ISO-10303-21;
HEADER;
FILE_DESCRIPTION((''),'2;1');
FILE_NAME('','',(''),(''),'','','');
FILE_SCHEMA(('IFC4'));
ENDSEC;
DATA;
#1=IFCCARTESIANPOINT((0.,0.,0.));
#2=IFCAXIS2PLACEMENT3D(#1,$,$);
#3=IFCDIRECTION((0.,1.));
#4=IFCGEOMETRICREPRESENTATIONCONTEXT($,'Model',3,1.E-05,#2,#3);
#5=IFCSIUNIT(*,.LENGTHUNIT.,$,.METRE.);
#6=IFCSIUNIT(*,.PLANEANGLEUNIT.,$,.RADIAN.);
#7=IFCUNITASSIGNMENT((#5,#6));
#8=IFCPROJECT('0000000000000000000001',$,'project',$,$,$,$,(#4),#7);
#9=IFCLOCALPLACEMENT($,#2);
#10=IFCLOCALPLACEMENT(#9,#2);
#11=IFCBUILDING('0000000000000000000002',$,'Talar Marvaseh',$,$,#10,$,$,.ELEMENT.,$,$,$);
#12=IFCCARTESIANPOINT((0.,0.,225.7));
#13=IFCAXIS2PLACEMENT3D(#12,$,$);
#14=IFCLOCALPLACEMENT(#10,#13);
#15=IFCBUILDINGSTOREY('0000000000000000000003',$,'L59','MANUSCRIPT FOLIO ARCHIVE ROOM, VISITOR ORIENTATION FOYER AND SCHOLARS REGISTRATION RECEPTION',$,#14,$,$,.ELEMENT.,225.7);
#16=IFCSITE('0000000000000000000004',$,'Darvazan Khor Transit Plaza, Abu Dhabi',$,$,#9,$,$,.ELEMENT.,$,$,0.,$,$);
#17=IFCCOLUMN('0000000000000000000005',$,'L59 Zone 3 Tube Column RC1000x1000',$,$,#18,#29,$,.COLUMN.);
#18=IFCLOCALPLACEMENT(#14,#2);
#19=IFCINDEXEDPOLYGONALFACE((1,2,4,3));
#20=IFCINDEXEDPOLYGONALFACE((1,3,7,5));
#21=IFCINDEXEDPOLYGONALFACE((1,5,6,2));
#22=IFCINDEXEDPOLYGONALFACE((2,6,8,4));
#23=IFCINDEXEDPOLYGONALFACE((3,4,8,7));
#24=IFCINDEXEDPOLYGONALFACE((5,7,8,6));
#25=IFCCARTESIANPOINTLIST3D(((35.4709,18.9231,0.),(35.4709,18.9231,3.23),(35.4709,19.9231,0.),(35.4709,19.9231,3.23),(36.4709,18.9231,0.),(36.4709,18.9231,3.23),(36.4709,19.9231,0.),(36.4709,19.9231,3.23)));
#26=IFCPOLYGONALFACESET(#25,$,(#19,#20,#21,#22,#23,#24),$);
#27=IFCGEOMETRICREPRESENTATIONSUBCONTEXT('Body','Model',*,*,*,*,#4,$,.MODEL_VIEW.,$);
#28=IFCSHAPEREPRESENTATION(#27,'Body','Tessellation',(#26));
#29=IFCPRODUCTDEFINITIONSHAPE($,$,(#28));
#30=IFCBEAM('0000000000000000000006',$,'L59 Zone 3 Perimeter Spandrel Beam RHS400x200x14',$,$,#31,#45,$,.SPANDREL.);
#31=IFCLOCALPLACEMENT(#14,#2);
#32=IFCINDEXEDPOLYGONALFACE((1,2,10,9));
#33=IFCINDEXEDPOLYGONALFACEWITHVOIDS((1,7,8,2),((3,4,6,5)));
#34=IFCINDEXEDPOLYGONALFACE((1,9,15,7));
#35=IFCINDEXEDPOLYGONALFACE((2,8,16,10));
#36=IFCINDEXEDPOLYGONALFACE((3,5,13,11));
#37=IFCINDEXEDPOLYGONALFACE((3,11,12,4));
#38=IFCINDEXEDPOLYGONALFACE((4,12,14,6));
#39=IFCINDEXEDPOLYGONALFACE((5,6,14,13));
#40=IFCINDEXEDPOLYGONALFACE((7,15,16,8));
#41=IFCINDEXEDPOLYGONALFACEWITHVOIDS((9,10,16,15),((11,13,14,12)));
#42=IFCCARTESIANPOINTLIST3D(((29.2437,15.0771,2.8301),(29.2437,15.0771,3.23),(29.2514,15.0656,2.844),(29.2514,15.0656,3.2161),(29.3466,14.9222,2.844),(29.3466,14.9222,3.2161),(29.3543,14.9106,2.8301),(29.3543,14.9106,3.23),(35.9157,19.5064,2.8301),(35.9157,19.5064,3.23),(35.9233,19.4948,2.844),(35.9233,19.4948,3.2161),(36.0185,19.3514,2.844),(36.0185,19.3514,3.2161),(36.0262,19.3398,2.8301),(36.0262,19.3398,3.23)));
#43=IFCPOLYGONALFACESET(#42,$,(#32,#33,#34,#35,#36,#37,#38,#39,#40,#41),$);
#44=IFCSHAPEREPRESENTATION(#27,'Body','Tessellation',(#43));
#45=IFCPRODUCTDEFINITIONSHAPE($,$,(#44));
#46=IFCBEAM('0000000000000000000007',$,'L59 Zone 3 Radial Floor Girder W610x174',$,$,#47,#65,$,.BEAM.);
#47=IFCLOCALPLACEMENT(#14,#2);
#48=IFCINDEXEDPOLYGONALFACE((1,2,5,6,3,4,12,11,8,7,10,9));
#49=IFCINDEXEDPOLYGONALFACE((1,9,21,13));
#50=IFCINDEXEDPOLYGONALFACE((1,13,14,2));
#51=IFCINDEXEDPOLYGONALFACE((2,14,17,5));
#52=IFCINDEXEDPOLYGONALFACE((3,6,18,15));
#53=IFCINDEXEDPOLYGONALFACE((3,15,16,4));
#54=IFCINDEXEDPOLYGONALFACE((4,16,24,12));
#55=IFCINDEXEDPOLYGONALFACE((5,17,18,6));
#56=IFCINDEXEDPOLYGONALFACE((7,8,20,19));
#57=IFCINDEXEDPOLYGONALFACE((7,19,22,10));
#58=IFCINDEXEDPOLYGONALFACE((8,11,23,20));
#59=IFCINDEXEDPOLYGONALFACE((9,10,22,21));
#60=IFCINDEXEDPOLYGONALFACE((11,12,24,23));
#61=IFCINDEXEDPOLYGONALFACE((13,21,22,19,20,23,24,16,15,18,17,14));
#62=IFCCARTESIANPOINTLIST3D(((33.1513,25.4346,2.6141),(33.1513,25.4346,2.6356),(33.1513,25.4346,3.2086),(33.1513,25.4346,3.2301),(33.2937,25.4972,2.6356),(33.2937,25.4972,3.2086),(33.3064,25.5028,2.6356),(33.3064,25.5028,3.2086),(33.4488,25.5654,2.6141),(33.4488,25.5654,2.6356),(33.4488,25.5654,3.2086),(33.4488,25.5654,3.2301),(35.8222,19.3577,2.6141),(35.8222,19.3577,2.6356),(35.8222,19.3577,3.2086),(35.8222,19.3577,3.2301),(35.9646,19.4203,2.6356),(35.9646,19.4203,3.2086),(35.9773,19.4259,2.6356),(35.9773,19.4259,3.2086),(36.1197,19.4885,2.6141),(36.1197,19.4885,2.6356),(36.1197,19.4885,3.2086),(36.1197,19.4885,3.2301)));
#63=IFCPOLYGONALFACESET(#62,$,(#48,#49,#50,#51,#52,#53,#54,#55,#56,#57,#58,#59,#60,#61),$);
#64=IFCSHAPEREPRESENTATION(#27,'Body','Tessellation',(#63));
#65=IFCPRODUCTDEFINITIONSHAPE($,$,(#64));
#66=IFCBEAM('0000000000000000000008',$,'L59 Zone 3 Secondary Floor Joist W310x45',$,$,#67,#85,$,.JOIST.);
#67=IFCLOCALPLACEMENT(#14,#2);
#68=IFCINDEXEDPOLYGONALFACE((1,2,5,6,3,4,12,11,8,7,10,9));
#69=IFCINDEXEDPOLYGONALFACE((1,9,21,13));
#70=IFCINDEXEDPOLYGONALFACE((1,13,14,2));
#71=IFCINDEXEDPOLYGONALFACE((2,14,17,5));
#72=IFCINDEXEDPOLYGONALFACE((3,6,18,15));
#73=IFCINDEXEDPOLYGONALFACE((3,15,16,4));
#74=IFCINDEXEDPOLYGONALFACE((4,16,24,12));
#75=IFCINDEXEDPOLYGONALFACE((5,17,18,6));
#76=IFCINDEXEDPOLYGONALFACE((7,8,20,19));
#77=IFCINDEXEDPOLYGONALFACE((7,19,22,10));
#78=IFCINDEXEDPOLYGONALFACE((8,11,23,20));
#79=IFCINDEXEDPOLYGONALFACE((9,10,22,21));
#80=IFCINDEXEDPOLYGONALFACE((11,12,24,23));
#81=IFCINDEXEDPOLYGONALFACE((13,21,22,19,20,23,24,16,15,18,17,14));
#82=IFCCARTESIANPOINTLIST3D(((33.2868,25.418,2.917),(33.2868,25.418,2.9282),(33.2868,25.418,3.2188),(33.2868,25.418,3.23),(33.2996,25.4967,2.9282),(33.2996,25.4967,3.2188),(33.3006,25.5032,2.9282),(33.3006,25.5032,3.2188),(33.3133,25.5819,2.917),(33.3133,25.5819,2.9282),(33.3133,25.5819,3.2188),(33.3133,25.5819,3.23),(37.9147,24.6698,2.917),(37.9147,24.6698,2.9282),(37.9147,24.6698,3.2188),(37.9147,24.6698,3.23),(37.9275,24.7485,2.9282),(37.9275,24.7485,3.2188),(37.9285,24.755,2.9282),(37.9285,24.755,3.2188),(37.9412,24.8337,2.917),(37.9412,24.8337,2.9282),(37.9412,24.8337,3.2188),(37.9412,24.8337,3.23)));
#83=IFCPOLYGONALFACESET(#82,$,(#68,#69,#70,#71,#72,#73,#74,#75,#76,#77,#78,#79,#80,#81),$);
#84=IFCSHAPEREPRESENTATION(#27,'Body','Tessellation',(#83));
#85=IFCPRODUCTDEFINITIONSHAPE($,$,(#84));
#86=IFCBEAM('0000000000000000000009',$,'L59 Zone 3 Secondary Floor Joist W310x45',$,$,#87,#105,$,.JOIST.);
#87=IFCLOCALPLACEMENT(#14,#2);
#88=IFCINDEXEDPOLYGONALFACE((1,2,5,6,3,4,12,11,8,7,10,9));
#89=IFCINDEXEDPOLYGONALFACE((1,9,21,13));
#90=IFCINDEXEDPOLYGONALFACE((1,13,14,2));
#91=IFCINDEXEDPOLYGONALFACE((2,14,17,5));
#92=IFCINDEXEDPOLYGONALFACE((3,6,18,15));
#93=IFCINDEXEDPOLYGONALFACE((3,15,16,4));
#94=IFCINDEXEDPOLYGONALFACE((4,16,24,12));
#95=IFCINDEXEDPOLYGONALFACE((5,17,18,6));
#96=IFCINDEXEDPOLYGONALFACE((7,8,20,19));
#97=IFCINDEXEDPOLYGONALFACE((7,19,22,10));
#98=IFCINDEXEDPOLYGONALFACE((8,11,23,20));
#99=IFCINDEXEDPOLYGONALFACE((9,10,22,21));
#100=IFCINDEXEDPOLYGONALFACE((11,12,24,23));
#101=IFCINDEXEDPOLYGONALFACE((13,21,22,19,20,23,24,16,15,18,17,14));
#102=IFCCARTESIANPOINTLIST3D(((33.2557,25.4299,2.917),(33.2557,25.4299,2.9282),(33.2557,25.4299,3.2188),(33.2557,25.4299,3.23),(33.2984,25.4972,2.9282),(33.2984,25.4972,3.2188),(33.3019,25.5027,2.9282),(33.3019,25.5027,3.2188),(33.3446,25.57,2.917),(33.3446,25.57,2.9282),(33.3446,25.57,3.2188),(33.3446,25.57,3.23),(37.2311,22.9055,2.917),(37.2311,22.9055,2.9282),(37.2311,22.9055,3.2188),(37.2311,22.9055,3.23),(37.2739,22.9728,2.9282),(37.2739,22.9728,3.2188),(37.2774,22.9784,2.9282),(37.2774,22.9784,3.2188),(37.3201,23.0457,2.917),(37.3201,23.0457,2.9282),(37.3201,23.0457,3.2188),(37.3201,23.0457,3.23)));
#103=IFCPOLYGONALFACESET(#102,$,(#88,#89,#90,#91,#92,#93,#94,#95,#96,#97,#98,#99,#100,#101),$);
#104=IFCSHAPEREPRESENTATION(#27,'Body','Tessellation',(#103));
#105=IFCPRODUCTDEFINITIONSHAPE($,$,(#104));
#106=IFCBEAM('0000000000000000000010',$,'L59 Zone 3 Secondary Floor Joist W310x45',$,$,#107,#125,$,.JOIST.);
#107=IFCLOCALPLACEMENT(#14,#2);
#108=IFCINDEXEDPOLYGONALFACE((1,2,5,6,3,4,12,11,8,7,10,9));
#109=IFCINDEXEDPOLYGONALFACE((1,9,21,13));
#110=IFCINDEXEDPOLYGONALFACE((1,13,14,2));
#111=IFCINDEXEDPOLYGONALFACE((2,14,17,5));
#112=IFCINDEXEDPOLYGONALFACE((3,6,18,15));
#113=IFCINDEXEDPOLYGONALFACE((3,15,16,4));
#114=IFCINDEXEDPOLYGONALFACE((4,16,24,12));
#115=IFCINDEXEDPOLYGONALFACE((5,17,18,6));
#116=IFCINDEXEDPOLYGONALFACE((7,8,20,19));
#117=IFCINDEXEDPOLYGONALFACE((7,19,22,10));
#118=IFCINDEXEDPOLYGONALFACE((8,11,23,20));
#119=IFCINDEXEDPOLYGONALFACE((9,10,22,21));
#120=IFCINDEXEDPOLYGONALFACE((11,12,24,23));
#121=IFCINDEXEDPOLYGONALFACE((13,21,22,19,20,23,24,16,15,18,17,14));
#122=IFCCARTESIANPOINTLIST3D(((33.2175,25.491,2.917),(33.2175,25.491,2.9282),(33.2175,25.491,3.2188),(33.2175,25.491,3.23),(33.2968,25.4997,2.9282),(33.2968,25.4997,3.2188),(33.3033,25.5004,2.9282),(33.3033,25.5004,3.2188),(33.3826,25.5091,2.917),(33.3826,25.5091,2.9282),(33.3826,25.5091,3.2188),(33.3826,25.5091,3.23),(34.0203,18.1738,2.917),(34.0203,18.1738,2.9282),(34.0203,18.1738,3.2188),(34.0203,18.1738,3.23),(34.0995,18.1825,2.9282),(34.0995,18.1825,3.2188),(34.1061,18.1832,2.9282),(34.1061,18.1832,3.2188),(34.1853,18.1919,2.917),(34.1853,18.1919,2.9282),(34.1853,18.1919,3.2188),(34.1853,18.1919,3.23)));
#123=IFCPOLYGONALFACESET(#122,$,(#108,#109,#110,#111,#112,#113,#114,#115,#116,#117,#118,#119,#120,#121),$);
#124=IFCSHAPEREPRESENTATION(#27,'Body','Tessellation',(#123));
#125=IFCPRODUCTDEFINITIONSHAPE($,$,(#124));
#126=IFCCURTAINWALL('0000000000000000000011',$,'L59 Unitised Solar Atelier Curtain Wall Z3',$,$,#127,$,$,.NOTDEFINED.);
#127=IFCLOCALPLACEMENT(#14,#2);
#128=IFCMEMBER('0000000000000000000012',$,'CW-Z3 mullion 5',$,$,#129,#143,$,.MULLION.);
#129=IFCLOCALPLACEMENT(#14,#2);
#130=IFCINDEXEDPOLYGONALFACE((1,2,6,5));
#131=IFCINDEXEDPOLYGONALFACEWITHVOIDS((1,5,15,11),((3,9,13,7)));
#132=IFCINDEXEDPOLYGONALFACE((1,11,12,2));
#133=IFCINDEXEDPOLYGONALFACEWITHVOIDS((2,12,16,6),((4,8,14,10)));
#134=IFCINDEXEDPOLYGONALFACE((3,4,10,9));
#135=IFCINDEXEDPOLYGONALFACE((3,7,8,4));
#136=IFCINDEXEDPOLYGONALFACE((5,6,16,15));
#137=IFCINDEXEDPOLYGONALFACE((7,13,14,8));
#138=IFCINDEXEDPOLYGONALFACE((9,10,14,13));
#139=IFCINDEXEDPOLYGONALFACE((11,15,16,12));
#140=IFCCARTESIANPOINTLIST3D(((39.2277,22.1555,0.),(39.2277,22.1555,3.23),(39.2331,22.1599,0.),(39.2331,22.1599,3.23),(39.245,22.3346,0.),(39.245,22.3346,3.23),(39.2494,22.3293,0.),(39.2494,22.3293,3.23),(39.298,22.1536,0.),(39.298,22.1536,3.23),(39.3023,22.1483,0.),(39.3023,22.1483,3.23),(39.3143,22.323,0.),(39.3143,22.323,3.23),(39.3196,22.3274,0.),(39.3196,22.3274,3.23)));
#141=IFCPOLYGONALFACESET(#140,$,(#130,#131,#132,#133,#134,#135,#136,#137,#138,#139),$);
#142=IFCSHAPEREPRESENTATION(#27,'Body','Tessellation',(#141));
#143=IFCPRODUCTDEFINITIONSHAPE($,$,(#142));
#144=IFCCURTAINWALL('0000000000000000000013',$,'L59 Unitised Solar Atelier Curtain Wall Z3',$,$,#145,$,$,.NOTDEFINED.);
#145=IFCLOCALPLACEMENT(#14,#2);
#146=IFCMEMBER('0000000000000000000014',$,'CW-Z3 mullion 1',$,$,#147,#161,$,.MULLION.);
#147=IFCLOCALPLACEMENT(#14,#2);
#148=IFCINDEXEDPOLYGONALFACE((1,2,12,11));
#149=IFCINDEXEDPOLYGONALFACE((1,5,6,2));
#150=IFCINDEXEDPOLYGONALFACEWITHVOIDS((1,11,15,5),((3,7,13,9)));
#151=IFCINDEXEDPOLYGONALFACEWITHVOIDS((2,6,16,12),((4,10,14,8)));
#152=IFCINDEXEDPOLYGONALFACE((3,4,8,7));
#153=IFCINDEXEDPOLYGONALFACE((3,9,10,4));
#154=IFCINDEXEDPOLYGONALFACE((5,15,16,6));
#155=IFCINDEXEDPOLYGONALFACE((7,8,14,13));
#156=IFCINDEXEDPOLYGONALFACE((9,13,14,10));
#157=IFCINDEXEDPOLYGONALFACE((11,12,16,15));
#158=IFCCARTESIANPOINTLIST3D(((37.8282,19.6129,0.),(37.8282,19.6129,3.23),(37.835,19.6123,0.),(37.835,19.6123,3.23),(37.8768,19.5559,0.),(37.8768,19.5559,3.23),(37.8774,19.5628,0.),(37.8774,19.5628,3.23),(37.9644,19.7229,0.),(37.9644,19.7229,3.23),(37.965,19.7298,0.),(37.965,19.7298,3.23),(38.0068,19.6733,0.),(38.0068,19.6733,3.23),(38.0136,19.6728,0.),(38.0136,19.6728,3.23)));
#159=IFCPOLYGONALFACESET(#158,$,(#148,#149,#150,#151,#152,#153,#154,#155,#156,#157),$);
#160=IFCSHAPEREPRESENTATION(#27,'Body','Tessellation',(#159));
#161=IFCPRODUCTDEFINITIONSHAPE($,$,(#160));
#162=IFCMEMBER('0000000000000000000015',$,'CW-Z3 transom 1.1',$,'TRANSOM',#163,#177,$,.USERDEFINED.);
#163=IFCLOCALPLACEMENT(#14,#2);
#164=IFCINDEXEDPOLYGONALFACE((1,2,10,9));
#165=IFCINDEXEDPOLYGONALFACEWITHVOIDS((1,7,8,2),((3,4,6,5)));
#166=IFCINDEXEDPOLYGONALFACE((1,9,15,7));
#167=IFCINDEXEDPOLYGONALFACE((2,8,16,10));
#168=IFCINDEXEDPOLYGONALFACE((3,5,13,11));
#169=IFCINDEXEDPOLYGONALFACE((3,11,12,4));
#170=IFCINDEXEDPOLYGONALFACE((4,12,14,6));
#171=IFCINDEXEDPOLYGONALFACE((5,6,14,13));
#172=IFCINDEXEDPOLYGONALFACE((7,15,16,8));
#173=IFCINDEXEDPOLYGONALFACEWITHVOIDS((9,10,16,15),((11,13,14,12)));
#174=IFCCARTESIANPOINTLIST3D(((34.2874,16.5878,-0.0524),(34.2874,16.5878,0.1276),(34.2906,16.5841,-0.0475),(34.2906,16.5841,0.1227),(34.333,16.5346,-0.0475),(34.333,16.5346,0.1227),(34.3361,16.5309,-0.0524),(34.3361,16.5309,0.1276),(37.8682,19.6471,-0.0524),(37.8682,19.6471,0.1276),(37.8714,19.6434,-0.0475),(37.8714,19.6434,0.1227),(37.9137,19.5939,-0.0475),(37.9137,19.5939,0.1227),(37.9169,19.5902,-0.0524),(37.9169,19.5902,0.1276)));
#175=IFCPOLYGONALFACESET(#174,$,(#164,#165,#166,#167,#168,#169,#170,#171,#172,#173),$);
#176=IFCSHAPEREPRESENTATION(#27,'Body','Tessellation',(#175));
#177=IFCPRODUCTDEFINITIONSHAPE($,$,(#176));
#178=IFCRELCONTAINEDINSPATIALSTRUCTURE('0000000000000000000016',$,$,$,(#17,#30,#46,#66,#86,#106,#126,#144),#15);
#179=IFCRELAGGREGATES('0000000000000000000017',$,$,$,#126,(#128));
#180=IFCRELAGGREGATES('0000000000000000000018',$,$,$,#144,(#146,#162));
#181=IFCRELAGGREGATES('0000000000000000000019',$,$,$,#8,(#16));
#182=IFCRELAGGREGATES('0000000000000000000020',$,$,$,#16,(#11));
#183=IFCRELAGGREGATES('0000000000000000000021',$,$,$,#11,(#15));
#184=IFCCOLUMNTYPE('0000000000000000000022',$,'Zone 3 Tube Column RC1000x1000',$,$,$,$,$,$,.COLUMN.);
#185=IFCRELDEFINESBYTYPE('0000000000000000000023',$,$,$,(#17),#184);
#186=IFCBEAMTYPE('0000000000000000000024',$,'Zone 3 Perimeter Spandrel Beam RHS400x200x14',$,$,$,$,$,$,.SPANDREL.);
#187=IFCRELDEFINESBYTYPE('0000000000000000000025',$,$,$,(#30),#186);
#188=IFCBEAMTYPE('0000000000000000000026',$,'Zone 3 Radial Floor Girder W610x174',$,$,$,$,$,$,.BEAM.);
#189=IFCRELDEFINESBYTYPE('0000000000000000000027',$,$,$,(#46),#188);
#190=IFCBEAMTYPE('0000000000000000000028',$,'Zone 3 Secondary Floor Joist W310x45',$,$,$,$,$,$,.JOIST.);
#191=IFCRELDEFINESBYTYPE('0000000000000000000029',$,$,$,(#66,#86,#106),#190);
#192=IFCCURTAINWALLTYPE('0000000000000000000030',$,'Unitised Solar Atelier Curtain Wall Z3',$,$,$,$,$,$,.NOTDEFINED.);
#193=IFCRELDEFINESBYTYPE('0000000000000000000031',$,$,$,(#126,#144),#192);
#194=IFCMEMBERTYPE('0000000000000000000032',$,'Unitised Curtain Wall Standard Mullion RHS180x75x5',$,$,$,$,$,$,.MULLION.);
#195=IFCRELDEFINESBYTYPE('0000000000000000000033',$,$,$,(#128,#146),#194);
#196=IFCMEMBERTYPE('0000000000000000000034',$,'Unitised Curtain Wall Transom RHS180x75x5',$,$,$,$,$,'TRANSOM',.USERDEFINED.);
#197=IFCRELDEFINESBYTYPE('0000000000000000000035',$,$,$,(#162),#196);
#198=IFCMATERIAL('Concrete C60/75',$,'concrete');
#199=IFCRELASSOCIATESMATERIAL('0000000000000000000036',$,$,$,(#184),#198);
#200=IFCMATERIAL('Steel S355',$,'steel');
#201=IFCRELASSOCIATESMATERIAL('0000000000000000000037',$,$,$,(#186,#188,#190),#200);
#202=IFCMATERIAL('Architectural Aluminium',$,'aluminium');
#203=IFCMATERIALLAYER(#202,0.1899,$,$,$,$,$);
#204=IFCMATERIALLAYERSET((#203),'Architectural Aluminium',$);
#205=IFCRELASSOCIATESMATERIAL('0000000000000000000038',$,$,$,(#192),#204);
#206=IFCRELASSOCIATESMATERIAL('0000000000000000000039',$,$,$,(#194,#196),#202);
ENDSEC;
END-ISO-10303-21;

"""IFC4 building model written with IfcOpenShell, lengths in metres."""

from ifc_helpers import new_model, si_unit, direction, frame, origin, origin_2d, place, context, subcontext, project, spatial, rectangle, hollow_rectangle, i_section, extrude, source, transform, mapped, material, layer, layer_set, material_profile, profile_set, type_object, type_shapes, element, aggregate, save


model = new_model("IFC4")

# Units and contexts
model_context = context("Model", 3, precision=1e-05, world=origin(), true_north=direction((0.0, 1.0)))
body_context = subcontext(model_context, "Body", "Model", "MODEL_VIEW")
ifc_project = project(units=[si_unit("LENGTHUNIT", "METRE"), si_unit("PLANEANGLEUNIT", "RADIAN")], contexts=[model_context])

# Site, building, storey
site_placement = place(None, origin())
site = spatial("IfcSite", under=ifc_project, at=site_placement, Name="Darvazan Khor Transit Plaza, Abu Dhabi", CompositionType="ELEMENT", RefElevation=0.0)
building_placement = place(site_placement, origin())
building = spatial("IfcBuilding", under=site, at=building_placement, Name="Talar Marvaseh", CompositionType="ELEMENT")
storey_placement = place(building_placement, frame((0.0, 0.0, 225.7)))
storey = spatial("IfcBuildingStorey", under=building, at=storey_placement, Name="L59", Description="MANUSCRIPT FOLIO ARCHIVE ROOM, VISITOR ORIENTATION FOYER AND SCHOLARS REGISTRATION RECEPTION", CompositionType="ELEMENT", Elevation=225.7)

# Column
ifc_material_1 = material(Name="Concrete C60/75", Category="concrete")
ifc_material_profile_1 = material_profile(ifc_material_1, rectangle(XDim=1.0, YDim=1.0, at=origin_2d()), Name="RC1000x1000")
ifc_profile_set_1 = profile_set([ifc_material_profile_1], Name="Concrete C60/75")
column_type = type_object("IfcColumnType", Name="Zone 3 Tube Column RC1000x1000", PredefinedType="COLUMN", material=ifc_profile_set_1)
column_placement = place(storey_placement, frame((35.9709, 19.4231, 0.0), z_axis=(0.0, 0.0, 1.0), x_axis=(1.0, 0.0, 0.0)))
element("IfcColumn", 1, at=column_placement, inside=storey, type_object=column_type, Name="L59 Zone 3 Tube Column RC1000x1000", PredefinedType="COLUMN", context=body_context, shape_type="SweptSolid", body=[
    extrude(rectangle(XDim=1.0, YDim=1.0, at=origin_2d()), origin(), (0.0, 0.0, 1.0), 3.23),
])

# Beams
ifc_material_2 = material(Name="Steel S355", Category="steel")
ifc_material_profile_2 = material_profile(ifc_material_2, hollow_rectangle(XDim=0.2, YDim=0.3999, WallThickness=0.0139, at=origin_2d()), Name="RHS400x200x14")
ifc_profile_set_2 = profile_set([ifc_material_profile_2], Name="Steel S355")
beam_type_1 = type_object("IfcBeamType", Name="Zone 3 Perimeter Spandrel Beam RHS400x200x14", PredefinedType="SPANDREL", material=ifc_profile_set_2)
beam_1_placement = place(storey_placement, frame((35.9709, 19.4231, 3.03), z_axis=(-0.833127, -0.553081, 0.0), x_axis=(0.553081, -0.833127, 0.0)))
element("IfcBeam", 2, at=beam_1_placement, inside=storey, type_object=beam_type_1, Name="L59 Zone 3 Perimeter Spandrel Beam RHS400x200x14", PredefinedType="SPANDREL", context=body_context, shape_type="SweptSolid", body=[
    extrude(hollow_rectangle(XDim=0.2, YDim=0.3999, WallThickness=0.0139, at=origin_2d()), origin(), (0.0, 0.0, 1.0), 8.0083),
])
ifc_material_profile_3 = material_profile(ifc_material_2, i_section(OverallWidth=0.325, OverallDepth=0.616, WebThickness=0.0139, FlangeThickness=0.0215, at=origin_2d()), Name="W610x174")
ifc_profile_set_3 = profile_set([ifc_material_profile_3], Name="Steel S355")
beam_type_2 = type_object("IfcBeamType", Name="Zone 3 Radial Floor Girder W610x174", PredefinedType="BEAM", material=ifc_profile_set_3)
beam_2_placement = place(storey_placement, frame((35.9709, 19.4231, 2.9221), z_axis=(-0.402368, 0.915478, 0.0), x_axis=(-0.915478, -0.402368, 0.0)))
element("IfcBeam", 3, at=beam_2_placement, inside=storey, type_object=beam_type_2, Name="L59 Zone 3 Radial Floor Girder W610x174", PredefinedType="BEAM", context=body_context, shape_type="SweptSolid", body=[
    extrude(i_section(OverallWidth=0.325, OverallDepth=0.616, WebThickness=0.0139, FlangeThickness=0.0215, at=origin_2d()), origin(), (0.0, 0.0, 1.0), 6.6379),
])
ifc_material_profile_4 = material_profile(ifc_material_2, i_section(OverallWidth=0.166, OverallDepth=0.313, WebThickness=0.0066, FlangeThickness=0.0112, at=origin_2d()), Name="W310x45")
ifc_profile_set_4 = profile_set([ifc_material_profile_4], Name="Steel S355")
beam_type_3 = type_object("IfcBeamType", Name="Zone 3 Secondary Floor Joist W310x45", PredefinedType="JOIST", material=ifc_profile_set_4)
beam_3_placement = place(storey_placement, frame((37.928, 24.7517, 3.0735), z_axis=(-0.987179, 0.159617, 0.0), x_axis=(-0.159617, -0.987179, 0.0)))
element("IfcBeam", 4, at=beam_3_placement, inside=storey, type_object=beam_type_3, Name="L59 Zone 3 Secondary Floor Joist W310x45", PredefinedType="JOIST", context=body_context, shape_type="SweptSolid", body=[
    extrude(i_section(OverallWidth=0.166, OverallDepth=0.313, WebThickness=0.0066, FlangeThickness=0.0112, at=origin_2d()), origin(), (0.0, 0.0, 1.0), 4.688),
])
beam_4_placement = place(storey_placement, frame((37.2756, 22.9756, 3.0735), z_axis=(-0.84419, 0.536043, 0.0), x_axis=(-0.536043, -0.84419, 0.0)))
element("IfcBeam", 5, at=beam_4_placement, inside=storey, type_object=beam_type_3, Name="L59 Zone 3 Secondary Floor Joist W310x45", PredefinedType="JOIST", context=body_context, shape_type="SweptSolid", body=[
    extrude(i_section(OverallWidth=0.166, OverallDepth=0.313, WebThickness=0.0066, FlangeThickness=0.0112, at=origin_2d()), origin(), (0.0, 0.0, 1.0), 4.7092),
])
beam_5_placement = place(storey_placement, frame((34.1028, 18.1829, 3.0735), z_axis=(-0.109052, 0.994036, 0.0), x_axis=(-0.994036, -0.109052, 0.0)))
element("IfcBeam", 6, at=beam_5_placement, inside=storey, type_object=beam_type_3, Name="L59 Zone 3 Secondary Floor Joist W310x45", PredefinedType="JOIST", context=body_context, shape_type="SweptSolid", body=[
    extrude(i_section(OverallWidth=0.166, OverallDepth=0.313, WebThickness=0.0066, FlangeThickness=0.0112, at=origin_2d()), origin(), (0.0, 0.0, 1.0), 7.3611),
])

# Curtain wall, member
ifc_material_3 = material(Name="Architectural Aluminium", Category="aluminium")
ifc_layer_1 = layer(ifc_material_3, 0.1899)
ifc_layer_set_1 = layer_set([ifc_layer_1], Name="Architectural Aluminium")
curtain_wall_type = type_object("IfcCurtainWallType", Name="Unitised Solar Atelier Curtain Wall Z3", PredefinedType="NOTDEFINED", material=ifc_layer_set_1)
curtain_wall_1_placement = place(storey_placement, origin())
curtain_wall_1 = element("IfcCurtainWall", 7, at=curtain_wall_1_placement, inside=storey, type_object=curtain_wall_type, Name="L59 Unitised Solar Atelier Curtain Wall Z3", PredefinedType="NOTDEFINED")
ifc_material_profile_5 = material_profile(ifc_material_3, hollow_rectangle(XDim=0.075, YDim=0.1799, WallThickness=0.0049, at=origin_2d()), Name="RHS180x75x5")
ifc_profile_set_5 = profile_set([ifc_material_profile_5], Name="Architectural Aluminium")
member_type_1 = type_object("IfcMemberType", Name="Unitised Curtain Wall Standard Mullion RHS180x75x5", PredefinedType="MULLION", material=ifc_profile_set_5)
shared_shape_1 = source(origin(), body_context, "Body", "SweptSolid", [
    extrude(hollow_rectangle(XDim=0.075, YDim=0.1799, WallThickness=0.0049, at=origin_2d()), origin(), (0.0, 0.0, 1.0), 3.23),
])
type_shapes(member_type_1, [shared_shape_1])
member_1_placement = place(storey_placement, frame((39.2737, 22.2415, 0.0), z_axis=(0.0, 0.0, 1.0), x_axis=(0.995382, -0.095997, 0.0)))
member_1 = element("IfcMember", 8, at=member_1_placement, type_object=member_type_1, Name="CW-Z3 mullion 5", PredefinedType="MULLION", context=body_context, shape_type="MappedRepresentation", body=[
    mapped(shared_shape_1, transform((0.0, 0.0, 0.0), x_axis=(1.0, 0.0, 0.0), y_axis=(0.0, 1.0, 0.0), z_axis=(0.0, 0.0, 1.0), scale=1.0)),
])

# Curtain wall, members
curtain_wall_2_placement = place(storey_placement, origin())
curtain_wall_2 = element("IfcCurtainWall", 9, at=curtain_wall_2_placement, inside=storey, type_object=curtain_wall_type, Name="L59 Unitised Solar Atelier Curtain Wall Z3", PredefinedType="NOTDEFINED")
member_2_placement = place(storey_placement, frame((37.9209, 19.6428, 0.0), z_axis=(0.0, 0.0, 1.0), x_axis=(0.649565, -0.760306, 0.0)))
member_2 = element("IfcMember", 10, at=member_2_placement, type_object=member_type_1, Name="CW-Z3 mullion 1", PredefinedType="MULLION", context=body_context, shape_type="MappedRepresentation", body=[
    mapped(shared_shape_1, transform((0.0, 0.0, 0.0), x_axis=(1.0, 0.0, 0.0), y_axis=(0.0, 1.0, 0.0), z_axis=(0.0, 0.0, 1.0), scale=1.0)),
])
ifc_material_profile_6 = material_profile(ifc_material_3, hollow_rectangle(XDim=0.075, YDim=0.1799, WallThickness=0.0049, at=origin_2d()), Name="RHS180x75x5")
ifc_profile_set_6 = profile_set([ifc_material_profile_6], Name="Architectural Aluminium")
member_type_2 = type_object("IfcMemberType", Name="Unitised Curtain Wall Transom RHS180x75x5", ElementType="TRANSOM", PredefinedType="USERDEFINED", material=ifc_profile_set_6)
shared_shape_2 = source(origin(), body_context, "Body", "SweptSolid", [
    extrude(hollow_rectangle(XDim=0.075, YDim=0.1799, WallThickness=0.0049, at=origin_2d()), origin(), (0.0, 0.0, 1.0), 4.7097),
])
type_shapes(member_type_2, [shared_shape_2])
member_3_placement = place(storey_placement, frame((37.8926, 19.6187, 0.0376), z_axis=(-0.760298, -0.649574, 0.0), x_axis=(0.649574, -0.760298, 0.0)))
member_3 = element("IfcMember", 11, at=member_3_placement, type_object=member_type_2, Name="CW-Z3 transom 1.1", ObjectType="TRANSOM", PredefinedType="USERDEFINED", context=body_context, shape_type="MappedRepresentation", body=[
    mapped(shared_shape_2, transform((0.0, 0.0, 0.0), x_axis=(1.0, 0.0, 0.0), y_axis=(0.0, 1.0, 0.0), z_axis=(0.0, 0.0, 1.0), scale=1.0)),
])

aggregate(curtain_wall_1, [member_1])
aggregate(curtain_wall_2, [member_2, member_3])

save(model, "model.ifc")
